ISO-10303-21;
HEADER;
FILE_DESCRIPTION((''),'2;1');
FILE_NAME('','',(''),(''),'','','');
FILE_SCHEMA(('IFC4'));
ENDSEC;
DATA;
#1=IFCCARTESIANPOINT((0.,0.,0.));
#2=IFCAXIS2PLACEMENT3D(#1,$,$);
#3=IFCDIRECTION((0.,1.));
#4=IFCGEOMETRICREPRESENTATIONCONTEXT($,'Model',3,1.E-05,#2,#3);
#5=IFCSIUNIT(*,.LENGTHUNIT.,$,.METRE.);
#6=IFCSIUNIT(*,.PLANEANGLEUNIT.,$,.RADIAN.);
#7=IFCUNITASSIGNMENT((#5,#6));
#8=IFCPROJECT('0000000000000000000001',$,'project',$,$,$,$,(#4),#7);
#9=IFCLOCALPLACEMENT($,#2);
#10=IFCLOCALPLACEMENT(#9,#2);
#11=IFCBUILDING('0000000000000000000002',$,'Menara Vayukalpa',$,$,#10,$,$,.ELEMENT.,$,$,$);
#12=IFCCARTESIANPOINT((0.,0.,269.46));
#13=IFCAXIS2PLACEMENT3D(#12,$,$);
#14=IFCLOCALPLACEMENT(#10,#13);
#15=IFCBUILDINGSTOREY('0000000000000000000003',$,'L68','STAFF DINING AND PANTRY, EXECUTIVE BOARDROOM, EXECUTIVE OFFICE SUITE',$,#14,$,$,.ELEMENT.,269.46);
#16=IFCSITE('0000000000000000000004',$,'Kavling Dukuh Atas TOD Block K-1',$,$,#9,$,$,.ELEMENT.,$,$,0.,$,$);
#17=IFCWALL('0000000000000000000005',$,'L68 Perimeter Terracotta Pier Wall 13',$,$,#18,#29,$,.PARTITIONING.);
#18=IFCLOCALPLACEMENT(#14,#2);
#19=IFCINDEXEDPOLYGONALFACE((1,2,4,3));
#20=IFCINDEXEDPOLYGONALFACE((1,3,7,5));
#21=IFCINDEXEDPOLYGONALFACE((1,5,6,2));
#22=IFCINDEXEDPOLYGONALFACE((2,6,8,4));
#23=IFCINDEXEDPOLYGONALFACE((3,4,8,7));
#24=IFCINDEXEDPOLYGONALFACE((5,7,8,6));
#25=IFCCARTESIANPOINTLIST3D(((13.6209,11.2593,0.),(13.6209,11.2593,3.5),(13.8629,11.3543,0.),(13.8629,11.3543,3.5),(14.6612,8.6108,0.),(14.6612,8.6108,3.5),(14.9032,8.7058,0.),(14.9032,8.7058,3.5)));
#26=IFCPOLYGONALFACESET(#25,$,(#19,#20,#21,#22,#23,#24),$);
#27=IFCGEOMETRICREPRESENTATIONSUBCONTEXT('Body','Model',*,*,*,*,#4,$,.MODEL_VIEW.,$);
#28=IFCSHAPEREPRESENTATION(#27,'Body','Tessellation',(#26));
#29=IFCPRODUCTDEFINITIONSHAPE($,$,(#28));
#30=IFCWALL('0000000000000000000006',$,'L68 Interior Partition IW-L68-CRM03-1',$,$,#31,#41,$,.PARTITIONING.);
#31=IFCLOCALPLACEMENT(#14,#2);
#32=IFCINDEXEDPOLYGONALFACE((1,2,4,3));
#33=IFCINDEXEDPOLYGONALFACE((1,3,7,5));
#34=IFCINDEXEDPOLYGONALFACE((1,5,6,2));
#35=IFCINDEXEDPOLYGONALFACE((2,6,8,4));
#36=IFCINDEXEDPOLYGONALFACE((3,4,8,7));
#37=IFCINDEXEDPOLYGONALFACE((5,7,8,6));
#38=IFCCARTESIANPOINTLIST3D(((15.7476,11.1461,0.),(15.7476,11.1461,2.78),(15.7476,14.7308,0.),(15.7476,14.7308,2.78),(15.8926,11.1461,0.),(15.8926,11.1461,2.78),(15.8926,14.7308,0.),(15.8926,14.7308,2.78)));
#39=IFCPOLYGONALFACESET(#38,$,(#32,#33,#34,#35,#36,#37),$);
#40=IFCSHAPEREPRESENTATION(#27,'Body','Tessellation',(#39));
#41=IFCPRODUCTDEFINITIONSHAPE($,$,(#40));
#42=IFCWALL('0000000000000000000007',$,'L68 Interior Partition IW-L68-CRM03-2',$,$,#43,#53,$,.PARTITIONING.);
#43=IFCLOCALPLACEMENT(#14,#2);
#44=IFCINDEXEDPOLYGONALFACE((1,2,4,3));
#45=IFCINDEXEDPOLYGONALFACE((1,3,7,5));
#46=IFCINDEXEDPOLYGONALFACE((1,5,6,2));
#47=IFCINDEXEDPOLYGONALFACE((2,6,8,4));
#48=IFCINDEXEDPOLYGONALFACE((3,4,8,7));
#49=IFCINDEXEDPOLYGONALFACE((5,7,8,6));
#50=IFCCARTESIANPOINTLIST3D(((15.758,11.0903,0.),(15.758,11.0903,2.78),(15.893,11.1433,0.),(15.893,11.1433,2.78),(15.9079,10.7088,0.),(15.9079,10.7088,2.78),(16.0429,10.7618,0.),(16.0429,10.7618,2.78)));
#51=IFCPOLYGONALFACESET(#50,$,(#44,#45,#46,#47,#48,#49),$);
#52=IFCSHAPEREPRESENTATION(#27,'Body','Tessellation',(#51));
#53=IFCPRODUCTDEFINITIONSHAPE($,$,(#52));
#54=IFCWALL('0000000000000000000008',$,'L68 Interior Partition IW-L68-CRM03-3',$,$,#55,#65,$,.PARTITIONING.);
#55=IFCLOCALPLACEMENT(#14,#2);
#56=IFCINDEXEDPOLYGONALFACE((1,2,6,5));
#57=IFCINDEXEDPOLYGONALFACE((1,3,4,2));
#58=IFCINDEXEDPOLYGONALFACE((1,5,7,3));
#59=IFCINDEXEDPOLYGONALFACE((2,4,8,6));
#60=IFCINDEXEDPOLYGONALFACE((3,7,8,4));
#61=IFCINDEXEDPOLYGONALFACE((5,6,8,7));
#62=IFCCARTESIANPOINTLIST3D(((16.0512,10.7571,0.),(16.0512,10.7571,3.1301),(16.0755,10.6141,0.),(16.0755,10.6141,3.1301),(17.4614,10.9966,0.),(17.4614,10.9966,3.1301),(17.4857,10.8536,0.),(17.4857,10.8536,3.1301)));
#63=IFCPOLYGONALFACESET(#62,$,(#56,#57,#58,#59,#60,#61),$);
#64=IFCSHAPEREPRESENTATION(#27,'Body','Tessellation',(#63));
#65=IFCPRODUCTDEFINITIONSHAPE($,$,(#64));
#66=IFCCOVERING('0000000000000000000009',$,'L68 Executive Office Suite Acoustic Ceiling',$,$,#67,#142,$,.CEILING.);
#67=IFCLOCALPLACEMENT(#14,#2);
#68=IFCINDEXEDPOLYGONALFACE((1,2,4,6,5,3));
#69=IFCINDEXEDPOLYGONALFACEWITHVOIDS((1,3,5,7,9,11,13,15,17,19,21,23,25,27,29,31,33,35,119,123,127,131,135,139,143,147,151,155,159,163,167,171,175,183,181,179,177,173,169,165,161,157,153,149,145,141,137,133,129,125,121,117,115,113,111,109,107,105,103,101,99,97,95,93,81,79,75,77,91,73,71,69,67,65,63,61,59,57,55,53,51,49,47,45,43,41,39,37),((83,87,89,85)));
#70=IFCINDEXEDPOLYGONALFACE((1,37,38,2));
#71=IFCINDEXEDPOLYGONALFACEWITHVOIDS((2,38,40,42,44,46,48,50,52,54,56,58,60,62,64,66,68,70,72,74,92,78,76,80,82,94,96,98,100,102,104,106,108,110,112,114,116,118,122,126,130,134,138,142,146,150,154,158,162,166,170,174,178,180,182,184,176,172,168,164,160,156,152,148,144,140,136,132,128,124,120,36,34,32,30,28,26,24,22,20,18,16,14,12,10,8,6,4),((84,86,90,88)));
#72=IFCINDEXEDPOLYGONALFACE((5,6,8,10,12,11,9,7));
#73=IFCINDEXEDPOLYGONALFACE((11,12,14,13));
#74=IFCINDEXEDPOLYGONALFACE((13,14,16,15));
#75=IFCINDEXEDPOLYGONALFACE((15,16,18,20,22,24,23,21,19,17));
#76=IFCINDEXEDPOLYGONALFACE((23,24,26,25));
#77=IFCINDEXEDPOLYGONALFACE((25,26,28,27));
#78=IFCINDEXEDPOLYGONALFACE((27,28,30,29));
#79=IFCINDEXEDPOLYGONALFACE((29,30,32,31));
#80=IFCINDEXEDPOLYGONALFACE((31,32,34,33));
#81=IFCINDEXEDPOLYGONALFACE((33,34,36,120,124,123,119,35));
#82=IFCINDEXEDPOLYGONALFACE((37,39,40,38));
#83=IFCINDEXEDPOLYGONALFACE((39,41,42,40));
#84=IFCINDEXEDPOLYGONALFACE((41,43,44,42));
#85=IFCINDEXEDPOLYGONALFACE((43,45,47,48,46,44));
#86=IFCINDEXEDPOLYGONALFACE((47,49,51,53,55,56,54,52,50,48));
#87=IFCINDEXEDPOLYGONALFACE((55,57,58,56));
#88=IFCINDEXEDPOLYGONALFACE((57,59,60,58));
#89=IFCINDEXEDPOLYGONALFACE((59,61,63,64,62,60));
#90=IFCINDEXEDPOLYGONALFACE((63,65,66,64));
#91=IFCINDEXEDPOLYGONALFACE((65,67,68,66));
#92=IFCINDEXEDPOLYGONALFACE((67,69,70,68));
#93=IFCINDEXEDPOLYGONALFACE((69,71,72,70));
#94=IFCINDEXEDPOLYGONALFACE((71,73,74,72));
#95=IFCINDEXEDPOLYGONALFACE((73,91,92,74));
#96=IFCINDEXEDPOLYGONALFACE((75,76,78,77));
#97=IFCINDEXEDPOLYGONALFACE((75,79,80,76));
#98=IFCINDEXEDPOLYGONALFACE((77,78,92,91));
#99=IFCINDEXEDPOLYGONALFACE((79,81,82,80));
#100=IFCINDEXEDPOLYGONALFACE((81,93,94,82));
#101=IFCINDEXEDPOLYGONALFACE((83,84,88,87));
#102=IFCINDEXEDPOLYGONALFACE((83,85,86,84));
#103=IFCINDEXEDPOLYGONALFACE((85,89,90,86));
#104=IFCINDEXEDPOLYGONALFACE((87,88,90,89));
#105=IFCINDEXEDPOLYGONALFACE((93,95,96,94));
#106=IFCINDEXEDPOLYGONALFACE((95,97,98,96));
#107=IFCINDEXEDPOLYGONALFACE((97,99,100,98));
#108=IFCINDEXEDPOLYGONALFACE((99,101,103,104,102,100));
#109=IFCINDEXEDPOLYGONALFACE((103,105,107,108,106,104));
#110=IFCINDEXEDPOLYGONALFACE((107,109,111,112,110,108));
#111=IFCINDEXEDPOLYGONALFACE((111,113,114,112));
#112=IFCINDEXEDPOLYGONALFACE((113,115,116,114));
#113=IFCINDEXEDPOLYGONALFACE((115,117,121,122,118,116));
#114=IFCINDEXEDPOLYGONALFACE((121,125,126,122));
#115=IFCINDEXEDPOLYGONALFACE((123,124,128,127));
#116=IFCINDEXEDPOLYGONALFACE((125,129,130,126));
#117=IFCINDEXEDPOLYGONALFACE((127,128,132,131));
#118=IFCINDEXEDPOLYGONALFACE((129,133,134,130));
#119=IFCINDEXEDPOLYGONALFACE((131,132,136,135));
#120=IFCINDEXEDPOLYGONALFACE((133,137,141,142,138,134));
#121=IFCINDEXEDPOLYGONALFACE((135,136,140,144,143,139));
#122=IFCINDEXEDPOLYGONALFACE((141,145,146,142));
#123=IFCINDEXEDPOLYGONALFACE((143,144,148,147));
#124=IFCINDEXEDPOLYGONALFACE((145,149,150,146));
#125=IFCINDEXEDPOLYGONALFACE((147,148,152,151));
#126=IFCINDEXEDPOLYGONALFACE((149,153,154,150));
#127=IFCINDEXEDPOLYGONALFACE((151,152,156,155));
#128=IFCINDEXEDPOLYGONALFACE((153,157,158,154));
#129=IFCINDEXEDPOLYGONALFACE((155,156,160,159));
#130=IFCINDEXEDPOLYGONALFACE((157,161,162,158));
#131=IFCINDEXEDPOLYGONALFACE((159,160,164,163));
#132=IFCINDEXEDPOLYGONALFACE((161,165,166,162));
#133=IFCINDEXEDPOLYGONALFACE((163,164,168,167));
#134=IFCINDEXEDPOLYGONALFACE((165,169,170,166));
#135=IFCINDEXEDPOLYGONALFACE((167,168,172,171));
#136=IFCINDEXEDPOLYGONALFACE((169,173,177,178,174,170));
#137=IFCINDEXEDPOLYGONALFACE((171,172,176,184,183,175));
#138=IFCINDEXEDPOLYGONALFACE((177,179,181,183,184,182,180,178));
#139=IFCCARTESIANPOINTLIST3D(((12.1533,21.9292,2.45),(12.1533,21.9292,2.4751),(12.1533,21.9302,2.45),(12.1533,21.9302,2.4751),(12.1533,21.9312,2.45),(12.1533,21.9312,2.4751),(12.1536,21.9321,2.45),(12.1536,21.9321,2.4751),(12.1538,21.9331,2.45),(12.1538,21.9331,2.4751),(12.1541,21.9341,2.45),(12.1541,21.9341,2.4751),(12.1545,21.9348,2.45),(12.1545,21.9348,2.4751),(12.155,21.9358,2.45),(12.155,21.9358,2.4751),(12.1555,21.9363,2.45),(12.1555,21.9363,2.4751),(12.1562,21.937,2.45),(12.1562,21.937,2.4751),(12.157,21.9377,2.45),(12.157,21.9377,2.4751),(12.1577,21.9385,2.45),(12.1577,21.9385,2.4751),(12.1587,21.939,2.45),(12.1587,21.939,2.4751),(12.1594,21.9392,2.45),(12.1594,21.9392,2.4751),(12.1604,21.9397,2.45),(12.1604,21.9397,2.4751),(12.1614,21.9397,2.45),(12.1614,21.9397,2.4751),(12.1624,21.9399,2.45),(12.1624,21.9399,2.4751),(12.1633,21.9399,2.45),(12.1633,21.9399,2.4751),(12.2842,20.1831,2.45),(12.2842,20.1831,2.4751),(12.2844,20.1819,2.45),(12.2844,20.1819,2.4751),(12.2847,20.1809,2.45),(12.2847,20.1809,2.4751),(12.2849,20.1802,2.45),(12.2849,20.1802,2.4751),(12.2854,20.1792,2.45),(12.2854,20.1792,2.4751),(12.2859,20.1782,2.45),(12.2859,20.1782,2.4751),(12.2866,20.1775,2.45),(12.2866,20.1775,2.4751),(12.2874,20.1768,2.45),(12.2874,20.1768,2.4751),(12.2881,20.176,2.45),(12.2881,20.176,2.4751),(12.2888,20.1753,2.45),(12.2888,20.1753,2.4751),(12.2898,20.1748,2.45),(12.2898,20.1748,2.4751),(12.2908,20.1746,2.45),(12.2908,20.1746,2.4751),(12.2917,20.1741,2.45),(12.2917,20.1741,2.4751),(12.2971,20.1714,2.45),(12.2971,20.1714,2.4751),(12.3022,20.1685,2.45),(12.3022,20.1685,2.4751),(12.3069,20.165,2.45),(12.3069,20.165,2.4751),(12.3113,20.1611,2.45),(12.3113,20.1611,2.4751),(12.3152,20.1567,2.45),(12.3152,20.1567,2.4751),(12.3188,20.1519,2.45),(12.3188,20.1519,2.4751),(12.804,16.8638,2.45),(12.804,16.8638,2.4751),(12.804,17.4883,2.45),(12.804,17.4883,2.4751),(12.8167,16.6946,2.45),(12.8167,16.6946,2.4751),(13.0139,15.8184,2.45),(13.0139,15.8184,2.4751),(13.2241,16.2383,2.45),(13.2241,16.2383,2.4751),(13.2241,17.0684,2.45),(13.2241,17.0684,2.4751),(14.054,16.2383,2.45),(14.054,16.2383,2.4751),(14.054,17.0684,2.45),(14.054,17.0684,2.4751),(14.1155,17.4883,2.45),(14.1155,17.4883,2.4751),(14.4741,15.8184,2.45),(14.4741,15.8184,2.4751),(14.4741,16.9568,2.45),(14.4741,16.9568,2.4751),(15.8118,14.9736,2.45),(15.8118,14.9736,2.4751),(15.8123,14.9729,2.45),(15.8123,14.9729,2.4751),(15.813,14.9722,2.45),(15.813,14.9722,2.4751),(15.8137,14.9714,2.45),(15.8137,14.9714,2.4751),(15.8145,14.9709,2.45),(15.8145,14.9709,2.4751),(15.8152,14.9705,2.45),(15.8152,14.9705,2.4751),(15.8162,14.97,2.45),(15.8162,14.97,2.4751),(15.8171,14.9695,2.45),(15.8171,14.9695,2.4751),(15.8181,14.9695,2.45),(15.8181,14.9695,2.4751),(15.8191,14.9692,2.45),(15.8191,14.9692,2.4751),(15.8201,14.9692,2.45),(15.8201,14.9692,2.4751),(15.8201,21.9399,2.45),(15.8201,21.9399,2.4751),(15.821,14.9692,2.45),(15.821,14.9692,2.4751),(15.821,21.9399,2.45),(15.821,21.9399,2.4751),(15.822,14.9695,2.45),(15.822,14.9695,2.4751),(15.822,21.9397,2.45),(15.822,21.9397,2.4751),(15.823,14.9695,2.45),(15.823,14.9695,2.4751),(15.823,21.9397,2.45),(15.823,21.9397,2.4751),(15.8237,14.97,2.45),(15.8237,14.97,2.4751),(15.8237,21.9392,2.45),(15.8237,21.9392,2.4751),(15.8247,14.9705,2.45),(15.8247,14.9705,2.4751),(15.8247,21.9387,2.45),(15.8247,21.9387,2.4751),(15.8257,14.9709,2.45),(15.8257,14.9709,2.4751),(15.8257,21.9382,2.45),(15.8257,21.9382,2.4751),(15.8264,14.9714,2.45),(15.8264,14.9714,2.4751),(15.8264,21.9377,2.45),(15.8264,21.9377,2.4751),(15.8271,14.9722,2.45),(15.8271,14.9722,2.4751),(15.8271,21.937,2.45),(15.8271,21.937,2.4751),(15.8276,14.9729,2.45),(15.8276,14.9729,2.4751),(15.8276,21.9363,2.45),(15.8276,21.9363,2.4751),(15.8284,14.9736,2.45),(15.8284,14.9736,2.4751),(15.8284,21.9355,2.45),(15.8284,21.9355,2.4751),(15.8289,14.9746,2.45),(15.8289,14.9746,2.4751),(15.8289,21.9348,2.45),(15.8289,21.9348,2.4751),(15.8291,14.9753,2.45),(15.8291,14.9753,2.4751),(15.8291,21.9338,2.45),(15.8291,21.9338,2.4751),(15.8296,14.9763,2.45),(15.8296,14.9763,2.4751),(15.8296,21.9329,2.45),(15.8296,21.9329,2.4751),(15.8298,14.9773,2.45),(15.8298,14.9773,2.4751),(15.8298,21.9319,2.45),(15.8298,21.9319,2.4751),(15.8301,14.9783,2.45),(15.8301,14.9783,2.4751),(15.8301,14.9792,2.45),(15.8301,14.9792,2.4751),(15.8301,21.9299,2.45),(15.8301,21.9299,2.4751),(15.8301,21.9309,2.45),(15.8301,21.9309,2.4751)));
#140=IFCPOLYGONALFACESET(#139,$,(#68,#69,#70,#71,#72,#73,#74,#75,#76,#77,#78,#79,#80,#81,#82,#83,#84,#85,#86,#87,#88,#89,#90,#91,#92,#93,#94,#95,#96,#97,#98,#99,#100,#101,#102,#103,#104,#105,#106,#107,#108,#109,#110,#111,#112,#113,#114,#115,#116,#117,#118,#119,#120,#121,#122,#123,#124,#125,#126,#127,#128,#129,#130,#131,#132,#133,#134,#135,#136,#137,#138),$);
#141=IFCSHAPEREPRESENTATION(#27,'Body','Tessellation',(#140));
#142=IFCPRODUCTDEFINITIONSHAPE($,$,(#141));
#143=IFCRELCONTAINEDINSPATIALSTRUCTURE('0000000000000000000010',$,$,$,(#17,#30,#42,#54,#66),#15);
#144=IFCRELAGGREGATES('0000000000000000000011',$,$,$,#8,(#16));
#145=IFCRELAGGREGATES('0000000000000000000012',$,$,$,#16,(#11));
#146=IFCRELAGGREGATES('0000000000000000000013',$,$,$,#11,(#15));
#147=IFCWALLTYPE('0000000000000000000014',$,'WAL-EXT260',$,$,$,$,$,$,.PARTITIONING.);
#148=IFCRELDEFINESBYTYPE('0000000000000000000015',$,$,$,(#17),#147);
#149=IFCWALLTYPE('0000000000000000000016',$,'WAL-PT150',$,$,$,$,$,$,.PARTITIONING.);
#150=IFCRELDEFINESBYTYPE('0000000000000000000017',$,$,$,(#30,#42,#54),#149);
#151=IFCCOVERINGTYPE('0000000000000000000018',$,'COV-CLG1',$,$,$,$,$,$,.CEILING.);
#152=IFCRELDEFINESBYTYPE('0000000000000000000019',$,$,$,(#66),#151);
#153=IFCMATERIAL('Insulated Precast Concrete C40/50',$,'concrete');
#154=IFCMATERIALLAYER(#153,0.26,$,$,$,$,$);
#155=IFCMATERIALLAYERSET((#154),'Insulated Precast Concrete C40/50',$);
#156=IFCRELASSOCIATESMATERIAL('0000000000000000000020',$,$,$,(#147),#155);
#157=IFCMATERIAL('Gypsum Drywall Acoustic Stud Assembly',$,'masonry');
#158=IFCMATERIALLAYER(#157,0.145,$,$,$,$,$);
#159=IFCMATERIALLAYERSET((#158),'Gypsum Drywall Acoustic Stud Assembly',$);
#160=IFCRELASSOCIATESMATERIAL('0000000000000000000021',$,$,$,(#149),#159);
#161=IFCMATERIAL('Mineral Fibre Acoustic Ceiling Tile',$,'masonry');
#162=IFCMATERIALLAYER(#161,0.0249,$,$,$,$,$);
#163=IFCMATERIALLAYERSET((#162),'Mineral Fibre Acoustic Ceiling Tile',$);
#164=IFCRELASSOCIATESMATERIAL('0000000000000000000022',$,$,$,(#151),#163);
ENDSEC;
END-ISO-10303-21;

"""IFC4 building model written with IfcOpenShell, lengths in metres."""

from ifc_helpers import new_model, si_unit, direction, frame, frame_2d, origin, place, context, subcontext, project, spatial, polyline, rectangle, outline, extrude, material, layer, layer_set, type_object, element, save


model = new_model("IFC4")

# Units and contexts
model_context = context("Model", 3, precision=1e-05, world=origin(), true_north=direction((0.0, 1.0)))
body_context = subcontext(model_context, "Body", "Model", "MODEL_VIEW")
ifc_project = project(units=[si_unit("LENGTHUNIT", "METRE"), si_unit("PLANEANGLEUNIT", "RADIAN")], contexts=[model_context])

# Site, building, storey
site_placement = place(None, origin())
site = spatial("IfcSite", under=ifc_project, at=site_placement, Name="Kavling Dukuh Atas TOD Block K-1", CompositionType="ELEMENT", RefElevation=0.0)
building_placement = place(site_placement, origin())
building = spatial("IfcBuilding", under=site, at=building_placement, Name="Menara Vayukalpa", CompositionType="ELEMENT")
storey_placement = place(building_placement, frame((0.0, 0.0, 269.46)))
storey = spatial("IfcBuildingStorey", under=building, at=storey_placement, Name="L68", Description="STAFF DINING AND PANTRY, EXECUTIVE BOARDROOM, EXECUTIVE OFFICE SUITE", CompositionType="ELEMENT", Elevation=269.46)

# Walls
ifc_material_1 = material(Name="Insulated Precast Concrete C40/50", Category="concrete")
ifc_layer_1 = layer(ifc_material_1, 0.26)
ifc_layer_set_1 = layer_set([ifc_layer_1], Name="Insulated Precast Concrete C40/50")
wall_type_1 = type_object("IfcWallType", Name="WAL-EXT260", PredefinedType="PARTITIONING", material=ifc_layer_set_1)
wall_1_placement = place(storey_placement, frame((14.7822, 8.6582, 0.0), z_axis=(0.0, 0.0, 1.0), x_axis=(-0.365599, 0.930772, 0.0)))
element("IfcWall", 1, at=wall_1_placement, inside=storey, type_object=wall_type_1, Name="L68 Perimeter Terracotta Pier Wall 13", PredefinedType="PARTITIONING", context=body_context, shape_type="SweptSolid", body=[
    extrude(rectangle(XDim=2.8455, YDim=0.26, at=frame_2d((1.4229, 0.0))), origin(), (0.0, 0.0, 1.0), 3.5),
])
ifc_material_2 = material(Name="Gypsum Drywall Acoustic Stud Assembly", Category="masonry")
ifc_layer_2 = layer(ifc_material_2, 0.145)
ifc_layer_set_2 = layer_set([ifc_layer_2], Name="Gypsum Drywall Acoustic Stud Assembly")
wall_type_2 = type_object("IfcWallType", Name="WAL-PT150", PredefinedType="PARTITIONING", material=ifc_layer_set_2)
wall_2_placement = place(storey_placement, frame((15.8201, 14.731, 0.0), z_axis=(0.0, 0.0, 1.0), x_axis=(0.0, -1.0, 0.0)))
element("IfcWall", 2, at=wall_2_placement, inside=storey, type_object=wall_type_2, Name="L68 Interior Partition IW-L68-CRM03-1", PredefinedType="PARTITIONING", context=body_context, shape_type="SweptSolid", body=[
    extrude(rectangle(XDim=3.5847, YDim=0.145, at=frame_2d((1.7925, 0.0))), origin(), (0.0, 0.0, 1.0), 2.78),
])
wall_3_placement = place(storey_placement, frame((15.8254, 11.1169, 0.0), z_axis=(0.0, 0.0, 1.0), x_axis=(0.365634, -0.930759, 0.0)))
element("IfcWall", 3, at=wall_3_placement, inside=storey, type_object=wall_type_2, Name="L68 Interior Partition IW-L68-CRM03-2", PredefinedType="PARTITIONING", context=body_context, shape_type="SweptSolid", body=[
    extrude(rectangle(XDim=0.4099, YDim=0.145, at=frame_2d((0.2051, 0.0))), origin(), (0.0, 0.0, 1.0), 2.78),
])
wall_4_placement = place(storey_placement, frame((16.0632, 10.6855, 0.0), z_axis=(0.0, 0.0, 1.0), x_axis=(0.985882, 0.167443, 0.0)))
element("IfcWall", 4, at=wall_4_placement, inside=storey, type_object=wall_type_2, Name="L68 Interior Partition IW-L68-CRM03-3", PredefinedType="PARTITIONING", context=body_context, shape_type="SweptSolid", body=[
    extrude(rectangle(XDim=1.4304, YDim=0.145, at=frame_2d((0.7153, 0.0))), origin(), (0.0, 0.0, 1.0), 3.1301),
])

# Covering
ifc_material_3 = material(Name="Mineral Fibre Acoustic Ceiling Tile", Category="masonry")
ifc_layer_3 = layer(ifc_material_3, 0.0249)
ifc_layer_set_3 = layer_set([ifc_layer_3], Name="Mineral Fibre Acoustic Ceiling Tile")
covering_type_1 = type_object("IfcCoveringType", Name="COV-CLG1", PredefinedType="CEILING", material=ifc_layer_set_3)
covering_1_placement = place(storey_placement, frame((0.0, 0.0, 2.45)))
element("IfcCovering", 5, at=covering_1_placement, inside=storey, type_object=covering_type_1, Name="L68 Executive Office Suite Acoustic Ceiling", PredefinedType="CEILING", context=body_context, shape_type="SweptSolid", body=[
    extrude(outline(polyline([(12.804, 16.8638), (12.804, 17.4883), (14.1155, 17.4883), (12.3188, 20.1519), (12.3152, 20.1567), (12.3113, 20.1611), (12.3069, 20.165), (12.3022, 20.1685), (12.2971, 20.1714), (12.2917, 20.1741), (12.2908, 20.1746), (12.2898, 20.1748), (12.2888, 20.1753), (12.2881, 20.176), (12.2874, 20.1768), (12.2866, 20.1775), (12.2859, 20.1782), (12.2854, 20.1792), (12.2849, 20.1802), (12.2847, 20.1809), (12.2844, 20.1819), (12.2842, 20.1831), (12.1533, 21.9292), (12.1533, 21.9302), (12.1533, 21.9312), (12.1536, 21.9321), (12.1538, 21.9331), (12.1541, 21.9341), (12.1545, 21.9348), (12.155, 21.9358), (12.1555, 21.9363), (12.1562, 21.937), (12.157, 21.9377), (12.1577, 21.9385), (12.1587, 21.939), (12.1594, 21.9392), (12.1604, 21.9397), (12.1614, 21.9397), (12.1624, 21.9399), (12.1633, 21.9399), (15.8201, 21.9399), (15.821, 21.9399), (15.822, 21.9397), (15.823, 21.9397), (15.8237, 21.9392), (15.8247, 21.9387), (15.8257, 21.9382), (15.8264, 21.9377), (15.8271, 21.937), (15.8276, 21.9363), (15.8284, 21.9355), (15.8289, 21.9348), (15.8291, 21.9338), (15.8296, 21.9329), (15.8298, 21.9319), (15.8301, 21.9309), (15.8301, 21.9299), (15.8301, 14.9792), (15.8301, 14.9783), (15.8298, 14.9773), (15.8296, 14.9763), (15.8291, 14.9753), (15.8289, 14.9746), (15.8284, 14.9736), (15.8276, 14.9729), (15.8271, 14.9722), (15.8264, 14.9714), (15.8257, 14.9709), (15.8247, 14.9705), (15.8237, 14.97), (15.823, 14.9695), (15.822, 14.9695), (15.821, 14.9692), (15.8201, 14.9692), (15.8191, 14.9692), (15.8181, 14.9695), (15.8171, 14.9695), (15.8162, 14.97), (15.8152, 14.9705), (15.8145, 14.9709), (15.8137, 14.9714), (15.813, 14.9722), (15.8123, 14.9729), (15.8118, 14.9736), (14.4741, 16.9568), (14.4741, 15.8184), (13.0139, 15.8184), (12.8167, 16.6946), (12.804, 16.8638)]), holes=[polyline([(14.054, 17.0684), (13.2241, 17.0684), (13.2241, 16.2383), (14.054, 16.2383), (14.054, 17.0684)])]), origin(), (0.0, 0.0, 1.0), 0.0251),
])

save(model, "model.ifc")
